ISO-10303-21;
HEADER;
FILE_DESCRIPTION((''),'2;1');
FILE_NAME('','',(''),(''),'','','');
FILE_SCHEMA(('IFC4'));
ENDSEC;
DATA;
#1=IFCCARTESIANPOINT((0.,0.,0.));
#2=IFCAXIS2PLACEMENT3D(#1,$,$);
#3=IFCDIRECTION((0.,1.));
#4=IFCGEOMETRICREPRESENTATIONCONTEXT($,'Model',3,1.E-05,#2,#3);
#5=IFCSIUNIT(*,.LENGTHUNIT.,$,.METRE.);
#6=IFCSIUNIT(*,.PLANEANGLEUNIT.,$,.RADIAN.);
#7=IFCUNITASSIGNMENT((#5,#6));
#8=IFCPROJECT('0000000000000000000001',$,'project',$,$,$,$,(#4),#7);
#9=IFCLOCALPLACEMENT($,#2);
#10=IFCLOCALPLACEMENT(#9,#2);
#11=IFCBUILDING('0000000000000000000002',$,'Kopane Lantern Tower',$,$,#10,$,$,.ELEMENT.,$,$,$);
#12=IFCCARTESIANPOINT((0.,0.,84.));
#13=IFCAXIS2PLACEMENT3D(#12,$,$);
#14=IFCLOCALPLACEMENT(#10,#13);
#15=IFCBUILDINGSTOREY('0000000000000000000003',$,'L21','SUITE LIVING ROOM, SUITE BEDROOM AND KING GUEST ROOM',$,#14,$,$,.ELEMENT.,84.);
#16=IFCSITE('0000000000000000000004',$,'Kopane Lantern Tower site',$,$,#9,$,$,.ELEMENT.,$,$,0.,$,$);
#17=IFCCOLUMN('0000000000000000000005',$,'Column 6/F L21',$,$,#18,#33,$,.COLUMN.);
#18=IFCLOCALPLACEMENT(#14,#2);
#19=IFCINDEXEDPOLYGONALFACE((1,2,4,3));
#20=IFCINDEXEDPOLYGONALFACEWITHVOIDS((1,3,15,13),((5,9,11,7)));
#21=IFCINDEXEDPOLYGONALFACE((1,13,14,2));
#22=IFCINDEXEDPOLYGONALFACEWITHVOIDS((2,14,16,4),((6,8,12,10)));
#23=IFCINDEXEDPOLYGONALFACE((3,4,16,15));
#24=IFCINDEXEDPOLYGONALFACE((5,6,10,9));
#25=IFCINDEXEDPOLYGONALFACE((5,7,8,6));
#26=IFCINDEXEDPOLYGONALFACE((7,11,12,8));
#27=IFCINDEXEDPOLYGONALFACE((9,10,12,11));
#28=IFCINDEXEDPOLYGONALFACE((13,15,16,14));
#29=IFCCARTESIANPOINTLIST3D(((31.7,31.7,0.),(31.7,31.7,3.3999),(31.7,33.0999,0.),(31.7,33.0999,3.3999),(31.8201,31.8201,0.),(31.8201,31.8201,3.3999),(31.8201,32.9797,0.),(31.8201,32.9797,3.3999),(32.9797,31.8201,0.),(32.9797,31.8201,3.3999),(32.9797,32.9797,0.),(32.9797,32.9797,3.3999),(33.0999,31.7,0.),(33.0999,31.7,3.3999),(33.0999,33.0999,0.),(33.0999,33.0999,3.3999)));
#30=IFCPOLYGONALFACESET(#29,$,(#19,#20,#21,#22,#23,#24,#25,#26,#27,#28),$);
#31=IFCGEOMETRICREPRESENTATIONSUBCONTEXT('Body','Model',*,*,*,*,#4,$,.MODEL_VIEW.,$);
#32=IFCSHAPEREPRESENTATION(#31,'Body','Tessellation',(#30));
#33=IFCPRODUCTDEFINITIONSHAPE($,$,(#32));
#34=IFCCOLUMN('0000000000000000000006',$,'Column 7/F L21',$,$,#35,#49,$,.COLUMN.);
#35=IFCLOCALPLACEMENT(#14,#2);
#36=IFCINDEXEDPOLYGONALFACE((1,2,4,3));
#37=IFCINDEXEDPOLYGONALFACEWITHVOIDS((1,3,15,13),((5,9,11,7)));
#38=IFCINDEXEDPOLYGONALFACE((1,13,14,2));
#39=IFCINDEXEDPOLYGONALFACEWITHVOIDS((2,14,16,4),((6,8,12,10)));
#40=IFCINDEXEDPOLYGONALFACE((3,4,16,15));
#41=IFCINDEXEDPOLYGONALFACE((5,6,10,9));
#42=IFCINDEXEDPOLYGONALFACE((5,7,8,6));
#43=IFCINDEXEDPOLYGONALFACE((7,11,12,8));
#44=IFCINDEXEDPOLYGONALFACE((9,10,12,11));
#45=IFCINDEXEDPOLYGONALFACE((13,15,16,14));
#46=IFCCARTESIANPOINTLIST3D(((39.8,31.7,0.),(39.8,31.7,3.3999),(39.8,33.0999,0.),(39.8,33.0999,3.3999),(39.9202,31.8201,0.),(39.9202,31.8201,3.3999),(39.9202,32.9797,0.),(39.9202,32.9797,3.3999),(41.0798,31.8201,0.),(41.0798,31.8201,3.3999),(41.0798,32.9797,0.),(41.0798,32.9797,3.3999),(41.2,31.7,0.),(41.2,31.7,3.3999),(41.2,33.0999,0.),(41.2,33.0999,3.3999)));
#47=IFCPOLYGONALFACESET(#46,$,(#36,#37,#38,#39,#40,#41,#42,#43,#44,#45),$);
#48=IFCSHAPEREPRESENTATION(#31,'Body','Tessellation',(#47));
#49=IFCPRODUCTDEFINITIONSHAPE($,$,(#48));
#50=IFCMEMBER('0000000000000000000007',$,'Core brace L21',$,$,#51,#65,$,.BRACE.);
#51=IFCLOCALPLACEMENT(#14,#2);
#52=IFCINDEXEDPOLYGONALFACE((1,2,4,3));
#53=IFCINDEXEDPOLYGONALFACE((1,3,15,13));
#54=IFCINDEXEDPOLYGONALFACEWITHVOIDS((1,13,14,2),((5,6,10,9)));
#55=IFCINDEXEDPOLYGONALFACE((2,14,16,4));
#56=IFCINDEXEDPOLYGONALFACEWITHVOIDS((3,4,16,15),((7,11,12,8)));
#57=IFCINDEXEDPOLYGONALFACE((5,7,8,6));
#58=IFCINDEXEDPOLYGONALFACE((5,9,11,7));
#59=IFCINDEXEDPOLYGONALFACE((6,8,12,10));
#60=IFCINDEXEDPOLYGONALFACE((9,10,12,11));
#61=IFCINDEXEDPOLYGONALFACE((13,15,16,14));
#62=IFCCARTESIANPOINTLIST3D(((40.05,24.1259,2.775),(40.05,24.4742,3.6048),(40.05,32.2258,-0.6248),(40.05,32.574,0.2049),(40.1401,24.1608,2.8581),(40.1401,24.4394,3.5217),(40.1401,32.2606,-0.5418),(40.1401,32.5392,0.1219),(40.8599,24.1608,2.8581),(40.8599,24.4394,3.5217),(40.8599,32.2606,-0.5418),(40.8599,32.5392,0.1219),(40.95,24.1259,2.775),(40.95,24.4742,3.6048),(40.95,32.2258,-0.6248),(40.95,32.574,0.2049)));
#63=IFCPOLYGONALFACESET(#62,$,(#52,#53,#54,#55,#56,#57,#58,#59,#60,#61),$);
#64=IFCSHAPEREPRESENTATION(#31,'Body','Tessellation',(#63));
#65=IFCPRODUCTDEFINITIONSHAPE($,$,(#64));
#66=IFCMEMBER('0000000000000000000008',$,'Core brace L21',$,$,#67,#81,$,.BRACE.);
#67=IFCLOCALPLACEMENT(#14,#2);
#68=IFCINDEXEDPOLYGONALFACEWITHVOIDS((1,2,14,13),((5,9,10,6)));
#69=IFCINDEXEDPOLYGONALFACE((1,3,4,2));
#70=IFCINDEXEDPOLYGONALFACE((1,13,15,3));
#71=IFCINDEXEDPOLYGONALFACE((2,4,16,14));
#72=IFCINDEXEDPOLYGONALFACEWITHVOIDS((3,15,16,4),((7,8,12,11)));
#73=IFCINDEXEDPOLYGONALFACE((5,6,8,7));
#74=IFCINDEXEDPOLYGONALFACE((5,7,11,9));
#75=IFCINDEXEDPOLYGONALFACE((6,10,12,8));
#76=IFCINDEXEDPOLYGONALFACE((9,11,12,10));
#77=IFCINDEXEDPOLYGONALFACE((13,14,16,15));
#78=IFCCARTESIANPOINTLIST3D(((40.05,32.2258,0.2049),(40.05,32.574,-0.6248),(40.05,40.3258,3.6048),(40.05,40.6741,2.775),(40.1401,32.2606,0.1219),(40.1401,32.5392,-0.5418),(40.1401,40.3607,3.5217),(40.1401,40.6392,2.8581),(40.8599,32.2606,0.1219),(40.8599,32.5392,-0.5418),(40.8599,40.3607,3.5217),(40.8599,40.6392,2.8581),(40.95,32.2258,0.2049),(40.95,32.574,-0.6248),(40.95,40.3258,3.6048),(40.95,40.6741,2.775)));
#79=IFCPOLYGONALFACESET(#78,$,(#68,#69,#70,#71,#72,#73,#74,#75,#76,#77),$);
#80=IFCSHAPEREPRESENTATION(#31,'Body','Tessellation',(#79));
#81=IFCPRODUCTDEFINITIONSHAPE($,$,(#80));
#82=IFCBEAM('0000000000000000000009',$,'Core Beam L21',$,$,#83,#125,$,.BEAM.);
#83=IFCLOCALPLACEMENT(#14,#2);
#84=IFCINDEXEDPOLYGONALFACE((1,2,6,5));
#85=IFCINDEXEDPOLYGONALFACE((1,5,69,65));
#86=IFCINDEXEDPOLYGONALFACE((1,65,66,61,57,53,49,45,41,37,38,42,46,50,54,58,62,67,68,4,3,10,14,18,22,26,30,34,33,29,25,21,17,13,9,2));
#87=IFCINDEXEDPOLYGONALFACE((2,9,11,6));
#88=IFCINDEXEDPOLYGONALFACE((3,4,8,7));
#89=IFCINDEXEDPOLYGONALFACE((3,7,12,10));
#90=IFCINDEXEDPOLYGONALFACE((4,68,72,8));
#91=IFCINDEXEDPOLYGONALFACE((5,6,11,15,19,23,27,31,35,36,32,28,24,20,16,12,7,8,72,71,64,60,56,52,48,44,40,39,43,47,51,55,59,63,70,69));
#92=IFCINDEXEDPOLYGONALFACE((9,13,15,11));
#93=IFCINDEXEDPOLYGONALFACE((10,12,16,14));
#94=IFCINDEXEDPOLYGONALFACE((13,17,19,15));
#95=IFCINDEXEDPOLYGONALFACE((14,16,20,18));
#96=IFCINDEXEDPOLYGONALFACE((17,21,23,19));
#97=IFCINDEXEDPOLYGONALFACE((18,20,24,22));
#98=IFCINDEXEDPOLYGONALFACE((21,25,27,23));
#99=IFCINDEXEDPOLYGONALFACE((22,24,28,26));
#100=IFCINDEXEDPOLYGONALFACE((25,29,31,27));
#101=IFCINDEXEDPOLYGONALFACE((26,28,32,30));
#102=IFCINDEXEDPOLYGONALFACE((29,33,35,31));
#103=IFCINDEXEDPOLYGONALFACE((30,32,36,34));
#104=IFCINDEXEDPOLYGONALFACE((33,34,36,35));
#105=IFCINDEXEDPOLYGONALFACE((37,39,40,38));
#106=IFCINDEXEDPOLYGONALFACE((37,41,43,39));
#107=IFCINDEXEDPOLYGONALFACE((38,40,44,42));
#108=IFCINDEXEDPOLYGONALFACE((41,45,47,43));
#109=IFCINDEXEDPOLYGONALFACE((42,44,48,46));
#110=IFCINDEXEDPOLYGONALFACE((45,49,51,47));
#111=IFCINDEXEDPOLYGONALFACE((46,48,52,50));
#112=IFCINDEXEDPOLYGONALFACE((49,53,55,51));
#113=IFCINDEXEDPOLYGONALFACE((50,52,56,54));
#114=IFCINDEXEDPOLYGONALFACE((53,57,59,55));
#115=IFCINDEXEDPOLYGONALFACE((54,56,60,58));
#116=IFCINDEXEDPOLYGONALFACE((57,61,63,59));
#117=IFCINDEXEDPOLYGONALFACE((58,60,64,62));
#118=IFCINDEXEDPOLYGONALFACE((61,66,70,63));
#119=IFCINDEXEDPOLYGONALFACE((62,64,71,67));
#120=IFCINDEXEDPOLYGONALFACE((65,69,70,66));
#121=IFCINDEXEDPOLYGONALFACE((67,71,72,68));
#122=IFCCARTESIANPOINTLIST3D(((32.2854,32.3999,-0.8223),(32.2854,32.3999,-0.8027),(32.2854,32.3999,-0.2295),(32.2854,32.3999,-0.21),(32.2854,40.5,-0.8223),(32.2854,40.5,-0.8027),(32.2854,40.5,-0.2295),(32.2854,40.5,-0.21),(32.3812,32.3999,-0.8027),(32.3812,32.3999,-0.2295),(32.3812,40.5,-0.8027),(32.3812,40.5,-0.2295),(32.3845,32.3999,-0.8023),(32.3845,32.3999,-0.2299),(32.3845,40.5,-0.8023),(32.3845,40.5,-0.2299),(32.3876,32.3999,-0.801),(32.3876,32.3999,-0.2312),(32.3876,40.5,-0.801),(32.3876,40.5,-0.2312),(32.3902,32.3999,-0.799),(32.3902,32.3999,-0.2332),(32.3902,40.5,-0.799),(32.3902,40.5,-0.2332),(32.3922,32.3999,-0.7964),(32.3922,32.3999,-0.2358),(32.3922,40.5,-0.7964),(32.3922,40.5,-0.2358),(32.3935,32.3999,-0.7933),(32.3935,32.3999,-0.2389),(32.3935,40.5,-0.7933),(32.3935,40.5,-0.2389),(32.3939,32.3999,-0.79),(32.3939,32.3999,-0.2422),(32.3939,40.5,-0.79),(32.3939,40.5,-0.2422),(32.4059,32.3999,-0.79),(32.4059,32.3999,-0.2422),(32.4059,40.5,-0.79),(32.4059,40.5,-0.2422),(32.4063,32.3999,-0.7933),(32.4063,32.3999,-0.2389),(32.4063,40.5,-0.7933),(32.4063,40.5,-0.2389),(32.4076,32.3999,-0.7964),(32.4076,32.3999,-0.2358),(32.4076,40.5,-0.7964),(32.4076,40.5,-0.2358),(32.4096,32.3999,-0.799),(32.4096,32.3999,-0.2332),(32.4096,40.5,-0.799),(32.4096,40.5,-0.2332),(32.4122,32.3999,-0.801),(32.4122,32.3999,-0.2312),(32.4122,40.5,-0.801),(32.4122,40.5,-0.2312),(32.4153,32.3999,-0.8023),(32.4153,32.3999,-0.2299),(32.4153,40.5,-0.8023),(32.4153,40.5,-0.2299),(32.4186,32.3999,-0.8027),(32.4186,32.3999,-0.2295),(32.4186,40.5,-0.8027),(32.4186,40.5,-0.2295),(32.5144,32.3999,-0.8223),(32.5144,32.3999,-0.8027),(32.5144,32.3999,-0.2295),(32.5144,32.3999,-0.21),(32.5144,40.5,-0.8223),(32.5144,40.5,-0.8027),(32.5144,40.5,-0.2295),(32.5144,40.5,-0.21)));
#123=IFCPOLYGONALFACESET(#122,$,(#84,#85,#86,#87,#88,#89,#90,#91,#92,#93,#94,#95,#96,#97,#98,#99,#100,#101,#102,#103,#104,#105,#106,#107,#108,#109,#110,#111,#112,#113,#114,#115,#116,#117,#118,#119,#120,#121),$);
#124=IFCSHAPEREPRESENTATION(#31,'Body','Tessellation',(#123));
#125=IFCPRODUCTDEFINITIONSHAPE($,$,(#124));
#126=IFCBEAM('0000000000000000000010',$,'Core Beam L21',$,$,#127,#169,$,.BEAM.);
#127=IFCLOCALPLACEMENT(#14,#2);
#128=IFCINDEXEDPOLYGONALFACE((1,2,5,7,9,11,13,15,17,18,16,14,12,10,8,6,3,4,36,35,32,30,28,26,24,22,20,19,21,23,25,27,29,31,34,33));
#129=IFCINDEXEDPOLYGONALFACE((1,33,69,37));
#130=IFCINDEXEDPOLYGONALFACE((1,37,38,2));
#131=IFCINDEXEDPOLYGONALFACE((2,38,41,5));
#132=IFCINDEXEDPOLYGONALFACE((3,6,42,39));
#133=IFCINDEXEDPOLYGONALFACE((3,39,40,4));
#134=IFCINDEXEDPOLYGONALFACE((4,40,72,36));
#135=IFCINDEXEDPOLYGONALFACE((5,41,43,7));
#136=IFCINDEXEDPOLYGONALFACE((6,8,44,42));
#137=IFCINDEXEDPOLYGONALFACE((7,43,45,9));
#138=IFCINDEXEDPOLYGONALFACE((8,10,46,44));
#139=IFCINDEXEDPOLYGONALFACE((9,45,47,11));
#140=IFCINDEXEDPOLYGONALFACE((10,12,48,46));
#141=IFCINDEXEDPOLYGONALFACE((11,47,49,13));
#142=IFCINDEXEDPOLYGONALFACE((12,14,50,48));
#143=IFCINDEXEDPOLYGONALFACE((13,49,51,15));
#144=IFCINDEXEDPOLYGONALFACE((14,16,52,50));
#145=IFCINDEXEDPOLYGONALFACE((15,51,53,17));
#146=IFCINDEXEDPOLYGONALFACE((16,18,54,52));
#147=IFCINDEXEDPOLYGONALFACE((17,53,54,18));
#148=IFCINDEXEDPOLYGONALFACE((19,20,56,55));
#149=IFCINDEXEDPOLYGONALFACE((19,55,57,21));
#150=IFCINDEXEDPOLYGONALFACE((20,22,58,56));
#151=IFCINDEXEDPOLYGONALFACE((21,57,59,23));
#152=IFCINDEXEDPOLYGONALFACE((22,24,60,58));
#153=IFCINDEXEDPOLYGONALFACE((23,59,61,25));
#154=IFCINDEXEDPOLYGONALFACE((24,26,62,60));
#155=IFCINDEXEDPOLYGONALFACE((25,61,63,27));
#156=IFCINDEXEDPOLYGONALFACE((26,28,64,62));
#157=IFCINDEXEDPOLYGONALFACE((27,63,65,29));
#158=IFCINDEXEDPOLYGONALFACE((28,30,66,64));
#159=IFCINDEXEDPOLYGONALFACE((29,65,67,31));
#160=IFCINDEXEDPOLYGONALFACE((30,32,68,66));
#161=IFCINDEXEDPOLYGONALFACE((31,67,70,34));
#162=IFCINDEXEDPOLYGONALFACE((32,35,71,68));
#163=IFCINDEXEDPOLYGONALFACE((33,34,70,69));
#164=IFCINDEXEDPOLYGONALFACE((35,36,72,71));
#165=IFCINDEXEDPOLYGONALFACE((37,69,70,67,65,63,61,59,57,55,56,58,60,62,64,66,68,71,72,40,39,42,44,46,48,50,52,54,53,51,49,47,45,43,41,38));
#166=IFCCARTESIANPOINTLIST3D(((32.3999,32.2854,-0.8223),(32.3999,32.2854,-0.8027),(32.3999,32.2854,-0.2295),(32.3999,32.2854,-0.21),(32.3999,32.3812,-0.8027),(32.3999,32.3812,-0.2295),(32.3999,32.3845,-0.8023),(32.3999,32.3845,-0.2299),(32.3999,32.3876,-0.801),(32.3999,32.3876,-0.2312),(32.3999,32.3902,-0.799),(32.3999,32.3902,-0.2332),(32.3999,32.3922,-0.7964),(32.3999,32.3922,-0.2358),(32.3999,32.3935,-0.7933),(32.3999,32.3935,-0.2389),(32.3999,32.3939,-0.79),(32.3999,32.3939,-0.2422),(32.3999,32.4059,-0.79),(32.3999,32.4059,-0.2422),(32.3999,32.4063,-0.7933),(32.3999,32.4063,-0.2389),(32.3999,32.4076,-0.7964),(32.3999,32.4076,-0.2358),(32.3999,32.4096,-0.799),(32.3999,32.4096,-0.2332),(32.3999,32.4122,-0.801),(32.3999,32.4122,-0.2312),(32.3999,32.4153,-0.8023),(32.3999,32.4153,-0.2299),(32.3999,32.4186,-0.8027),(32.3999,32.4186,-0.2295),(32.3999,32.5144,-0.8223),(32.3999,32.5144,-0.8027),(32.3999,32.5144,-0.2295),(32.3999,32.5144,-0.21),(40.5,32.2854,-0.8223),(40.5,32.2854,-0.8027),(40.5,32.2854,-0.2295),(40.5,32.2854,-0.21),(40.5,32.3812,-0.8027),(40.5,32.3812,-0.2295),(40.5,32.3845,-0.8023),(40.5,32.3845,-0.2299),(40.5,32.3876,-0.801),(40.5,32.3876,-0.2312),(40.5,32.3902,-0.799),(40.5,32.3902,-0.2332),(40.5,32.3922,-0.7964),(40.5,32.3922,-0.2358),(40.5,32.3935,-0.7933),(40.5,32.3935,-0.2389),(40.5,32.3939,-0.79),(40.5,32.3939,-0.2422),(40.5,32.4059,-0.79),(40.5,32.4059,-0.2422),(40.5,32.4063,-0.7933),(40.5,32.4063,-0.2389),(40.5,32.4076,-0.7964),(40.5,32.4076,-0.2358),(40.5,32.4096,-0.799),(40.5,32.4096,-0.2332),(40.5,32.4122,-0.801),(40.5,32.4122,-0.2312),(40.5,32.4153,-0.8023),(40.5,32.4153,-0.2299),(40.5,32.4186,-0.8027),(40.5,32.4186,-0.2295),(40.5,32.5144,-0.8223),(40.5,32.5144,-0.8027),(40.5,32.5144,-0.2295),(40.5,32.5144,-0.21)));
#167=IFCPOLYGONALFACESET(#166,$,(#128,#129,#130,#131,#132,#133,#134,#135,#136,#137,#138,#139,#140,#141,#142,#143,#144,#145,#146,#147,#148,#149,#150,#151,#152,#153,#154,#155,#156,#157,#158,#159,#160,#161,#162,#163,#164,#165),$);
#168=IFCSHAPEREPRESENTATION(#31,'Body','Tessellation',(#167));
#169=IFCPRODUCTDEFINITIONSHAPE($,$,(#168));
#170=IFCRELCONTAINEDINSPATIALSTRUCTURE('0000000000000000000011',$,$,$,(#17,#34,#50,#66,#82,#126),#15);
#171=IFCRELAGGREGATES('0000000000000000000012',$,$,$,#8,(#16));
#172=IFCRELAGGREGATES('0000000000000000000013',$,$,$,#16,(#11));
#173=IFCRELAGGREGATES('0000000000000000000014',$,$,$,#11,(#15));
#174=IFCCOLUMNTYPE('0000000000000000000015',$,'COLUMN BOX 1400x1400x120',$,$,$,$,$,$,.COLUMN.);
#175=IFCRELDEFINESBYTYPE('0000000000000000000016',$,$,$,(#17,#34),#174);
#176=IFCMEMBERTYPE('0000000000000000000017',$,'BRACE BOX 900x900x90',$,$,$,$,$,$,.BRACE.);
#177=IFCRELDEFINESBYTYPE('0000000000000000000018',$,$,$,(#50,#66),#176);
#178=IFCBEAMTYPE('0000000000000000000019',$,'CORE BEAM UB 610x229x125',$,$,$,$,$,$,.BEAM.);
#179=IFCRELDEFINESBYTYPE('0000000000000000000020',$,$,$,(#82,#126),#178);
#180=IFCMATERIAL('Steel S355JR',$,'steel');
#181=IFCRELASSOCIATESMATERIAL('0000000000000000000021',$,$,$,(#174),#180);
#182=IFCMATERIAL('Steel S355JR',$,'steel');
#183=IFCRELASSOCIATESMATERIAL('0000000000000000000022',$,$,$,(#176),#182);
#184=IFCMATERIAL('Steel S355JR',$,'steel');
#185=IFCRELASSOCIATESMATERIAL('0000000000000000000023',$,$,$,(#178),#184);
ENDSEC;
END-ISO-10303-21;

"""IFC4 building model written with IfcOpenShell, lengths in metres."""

from ifc_helpers import new_model, si_unit, direction, frame, origin, origin_2d, place, context, subcontext, project, spatial, hollow_rectangle, i_section, extrude, material, material_profile, profile_set, type_object, element, save


model = new_model("IFC4")

# Units and contexts
model_context = context("Model", 3, precision=1e-05, world=origin(), true_north=direction((0.0, 1.0)))
body_context = subcontext(model_context, "Body", "Model", "MODEL_VIEW")
ifc_project = project(units=[si_unit("LENGTHUNIT", "METRE"), si_unit("PLANEANGLEUNIT", "RADIAN")], contexts=[model_context])

# Site, building, storey
site_placement = place(None, origin())
site = spatial("IfcSite", under=ifc_project, at=site_placement, Name="Kopane Lantern Tower site", CompositionType="ELEMENT", RefElevation=0.0)
building_placement = place(site_placement, origin())
building = spatial("IfcBuilding", under=site, at=building_placement, Name="Kopane Lantern Tower", CompositionType="ELEMENT")
storey_placement = place(building_placement, frame((0.0, 0.0, 84.0)))
storey = spatial("IfcBuildingStorey", under=building, at=storey_placement, Name="L21", Description="SUITE LIVING ROOM, SUITE BEDROOM AND KING GUEST ROOM", CompositionType="ELEMENT", Elevation=84.0)

# Columns
ifc_material_1 = material(Name="Steel S355JR", Category="steel")
ifc_material_profile_1 = material_profile(ifc_material_1, hollow_rectangle(XDim=1.3999, YDim=1.3999, WallThickness=0.1201, at=origin_2d()), Name="BOX 1400x1400x120")
ifc_profile_set_1 = profile_set([ifc_material_profile_1], Name="Steel S355JR")
column_type = type_object("IfcColumnType", Name="COLUMN BOX 1400x1400x120", PredefinedType="COLUMN", material=ifc_profile_set_1)
for number, where, z_axis, x_axis, name in (
    (1, (32.3999, 32.3999, 0.0), (0.0, 0.0, 1.0), (1.0, 0.0, 0.0), "Column 6/F L21"),
    (2, (40.5, 32.3999, 0.0), (0.0, 0.0, 1.0), (1.0, 0.0, 0.0), "Column 7/F L21"),
):
    element("IfcColumn", number, at=place(storey_placement, frame(where, z_axis=z_axis, x_axis=x_axis)), inside=storey, type_object=column_type, Name=name, PredefinedType="COLUMN", context=body_context, shape_type="SweptSolid", body=[
        extrude(hollow_rectangle(XDim=1.3999, YDim=1.3999, WallThickness=0.1201, at=origin_2d()), origin(), (0.0, 0.0, 1.0), 3.3999),
    ])

# Members
ifc_material_2 = material(Name="Steel S355JR", Category="steel")
ifc_material_profile_2 = material_profile(ifc_material_2, hollow_rectangle(XDim=0.8999, YDim=0.8999, WallThickness=0.0901, at=origin_2d()), Name="BOX 900x900x90")
ifc_profile_set_2 = profile_set([ifc_material_profile_2], Name="Steel S355JR")
member_type = type_object("IfcMemberType", Name="BRACE BOX 900x900x90", PredefinedType="BRACE", material=ifc_profile_set_2)
member_1_placement = place(storey_placement, frame((40.5, 32.3999, -0.21), z_axis=(0.0, -0.922065, 0.387035), x_axis=(1.0, 0.0, 0.0)))
element("IfcMember", 3, at=member_1_placement, inside=storey, type_object=member_type, Name="Core brace L21", PredefinedType="BRACE", context=body_context, shape_type="SweptSolid", body=[
    extrude(hollow_rectangle(XDim=0.8999, YDim=0.8999, WallThickness=0.0901, at=origin_2d()), origin(), (0.0, 0.0, 1.0), 8.7844),
])
member_2_placement = place(storey_placement, frame((40.5, 32.3999, -0.21), z_axis=(0.0, 0.922069, 0.387026), x_axis=(-1.0, 0.0, 0.0)))
element("IfcMember", 4, at=member_2_placement, inside=storey, type_object=member_type, Name="Core brace L21", PredefinedType="BRACE", context=body_context, shape_type="SweptSolid", body=[
    extrude(hollow_rectangle(XDim=0.8999, YDim=0.8999, WallThickness=0.0901, at=origin_2d()), origin(), (0.0, 0.0, 1.0), 8.7847),
])

# Beams
ifc_material_3 = material(Name="Steel S355JR", Category="steel")
ifc_material_profile_3 = material_profile(ifc_material_3, i_section(OverallWidth=0.229, OverallDepth=0.6123, WebThickness=0.012, FlangeThickness=0.0195, FilletRadius=0.0127, at=origin_2d()), Name="UB 610x229x125")
ifc_profile_set_3 = profile_set([ifc_material_profile_3], Name="Steel S355JR")
beam_type_1 = type_object("IfcBeamType", Name="CORE BEAM UB 610x229x125", PredefinedType="BEAM", material=ifc_profile_set_3)
for number, where, z_axis, x_axis, name in (
    (5, (32.3999, 32.3999, -0.5161), (0.0, 1.0, 0.0), (-1.0, 0.0, 0.0), "Core Beam L21"),
    (6, (32.3999, 32.3999, -0.5161), (1.0, 0.0, 0.0), (0.0, 1.0, 0.0), "Core Beam L21"),
):
    element("IfcBeam", number, at=place(storey_placement, frame(where, z_axis=z_axis, x_axis=x_axis)), inside=storey, type_object=beam_type_1, Name=name, PredefinedType="BEAM", context=body_context, shape_type="SweptSolid", body=[
        extrude(i_section(OverallWidth=0.229, OverallDepth=0.6123, WebThickness=0.012, FlangeThickness=0.0195, FilletRadius=0.0127, at=origin_2d()), origin(), (0.0, 0.0, 1.0), 8.1001),
    ])

save(model, "model.ifc")
